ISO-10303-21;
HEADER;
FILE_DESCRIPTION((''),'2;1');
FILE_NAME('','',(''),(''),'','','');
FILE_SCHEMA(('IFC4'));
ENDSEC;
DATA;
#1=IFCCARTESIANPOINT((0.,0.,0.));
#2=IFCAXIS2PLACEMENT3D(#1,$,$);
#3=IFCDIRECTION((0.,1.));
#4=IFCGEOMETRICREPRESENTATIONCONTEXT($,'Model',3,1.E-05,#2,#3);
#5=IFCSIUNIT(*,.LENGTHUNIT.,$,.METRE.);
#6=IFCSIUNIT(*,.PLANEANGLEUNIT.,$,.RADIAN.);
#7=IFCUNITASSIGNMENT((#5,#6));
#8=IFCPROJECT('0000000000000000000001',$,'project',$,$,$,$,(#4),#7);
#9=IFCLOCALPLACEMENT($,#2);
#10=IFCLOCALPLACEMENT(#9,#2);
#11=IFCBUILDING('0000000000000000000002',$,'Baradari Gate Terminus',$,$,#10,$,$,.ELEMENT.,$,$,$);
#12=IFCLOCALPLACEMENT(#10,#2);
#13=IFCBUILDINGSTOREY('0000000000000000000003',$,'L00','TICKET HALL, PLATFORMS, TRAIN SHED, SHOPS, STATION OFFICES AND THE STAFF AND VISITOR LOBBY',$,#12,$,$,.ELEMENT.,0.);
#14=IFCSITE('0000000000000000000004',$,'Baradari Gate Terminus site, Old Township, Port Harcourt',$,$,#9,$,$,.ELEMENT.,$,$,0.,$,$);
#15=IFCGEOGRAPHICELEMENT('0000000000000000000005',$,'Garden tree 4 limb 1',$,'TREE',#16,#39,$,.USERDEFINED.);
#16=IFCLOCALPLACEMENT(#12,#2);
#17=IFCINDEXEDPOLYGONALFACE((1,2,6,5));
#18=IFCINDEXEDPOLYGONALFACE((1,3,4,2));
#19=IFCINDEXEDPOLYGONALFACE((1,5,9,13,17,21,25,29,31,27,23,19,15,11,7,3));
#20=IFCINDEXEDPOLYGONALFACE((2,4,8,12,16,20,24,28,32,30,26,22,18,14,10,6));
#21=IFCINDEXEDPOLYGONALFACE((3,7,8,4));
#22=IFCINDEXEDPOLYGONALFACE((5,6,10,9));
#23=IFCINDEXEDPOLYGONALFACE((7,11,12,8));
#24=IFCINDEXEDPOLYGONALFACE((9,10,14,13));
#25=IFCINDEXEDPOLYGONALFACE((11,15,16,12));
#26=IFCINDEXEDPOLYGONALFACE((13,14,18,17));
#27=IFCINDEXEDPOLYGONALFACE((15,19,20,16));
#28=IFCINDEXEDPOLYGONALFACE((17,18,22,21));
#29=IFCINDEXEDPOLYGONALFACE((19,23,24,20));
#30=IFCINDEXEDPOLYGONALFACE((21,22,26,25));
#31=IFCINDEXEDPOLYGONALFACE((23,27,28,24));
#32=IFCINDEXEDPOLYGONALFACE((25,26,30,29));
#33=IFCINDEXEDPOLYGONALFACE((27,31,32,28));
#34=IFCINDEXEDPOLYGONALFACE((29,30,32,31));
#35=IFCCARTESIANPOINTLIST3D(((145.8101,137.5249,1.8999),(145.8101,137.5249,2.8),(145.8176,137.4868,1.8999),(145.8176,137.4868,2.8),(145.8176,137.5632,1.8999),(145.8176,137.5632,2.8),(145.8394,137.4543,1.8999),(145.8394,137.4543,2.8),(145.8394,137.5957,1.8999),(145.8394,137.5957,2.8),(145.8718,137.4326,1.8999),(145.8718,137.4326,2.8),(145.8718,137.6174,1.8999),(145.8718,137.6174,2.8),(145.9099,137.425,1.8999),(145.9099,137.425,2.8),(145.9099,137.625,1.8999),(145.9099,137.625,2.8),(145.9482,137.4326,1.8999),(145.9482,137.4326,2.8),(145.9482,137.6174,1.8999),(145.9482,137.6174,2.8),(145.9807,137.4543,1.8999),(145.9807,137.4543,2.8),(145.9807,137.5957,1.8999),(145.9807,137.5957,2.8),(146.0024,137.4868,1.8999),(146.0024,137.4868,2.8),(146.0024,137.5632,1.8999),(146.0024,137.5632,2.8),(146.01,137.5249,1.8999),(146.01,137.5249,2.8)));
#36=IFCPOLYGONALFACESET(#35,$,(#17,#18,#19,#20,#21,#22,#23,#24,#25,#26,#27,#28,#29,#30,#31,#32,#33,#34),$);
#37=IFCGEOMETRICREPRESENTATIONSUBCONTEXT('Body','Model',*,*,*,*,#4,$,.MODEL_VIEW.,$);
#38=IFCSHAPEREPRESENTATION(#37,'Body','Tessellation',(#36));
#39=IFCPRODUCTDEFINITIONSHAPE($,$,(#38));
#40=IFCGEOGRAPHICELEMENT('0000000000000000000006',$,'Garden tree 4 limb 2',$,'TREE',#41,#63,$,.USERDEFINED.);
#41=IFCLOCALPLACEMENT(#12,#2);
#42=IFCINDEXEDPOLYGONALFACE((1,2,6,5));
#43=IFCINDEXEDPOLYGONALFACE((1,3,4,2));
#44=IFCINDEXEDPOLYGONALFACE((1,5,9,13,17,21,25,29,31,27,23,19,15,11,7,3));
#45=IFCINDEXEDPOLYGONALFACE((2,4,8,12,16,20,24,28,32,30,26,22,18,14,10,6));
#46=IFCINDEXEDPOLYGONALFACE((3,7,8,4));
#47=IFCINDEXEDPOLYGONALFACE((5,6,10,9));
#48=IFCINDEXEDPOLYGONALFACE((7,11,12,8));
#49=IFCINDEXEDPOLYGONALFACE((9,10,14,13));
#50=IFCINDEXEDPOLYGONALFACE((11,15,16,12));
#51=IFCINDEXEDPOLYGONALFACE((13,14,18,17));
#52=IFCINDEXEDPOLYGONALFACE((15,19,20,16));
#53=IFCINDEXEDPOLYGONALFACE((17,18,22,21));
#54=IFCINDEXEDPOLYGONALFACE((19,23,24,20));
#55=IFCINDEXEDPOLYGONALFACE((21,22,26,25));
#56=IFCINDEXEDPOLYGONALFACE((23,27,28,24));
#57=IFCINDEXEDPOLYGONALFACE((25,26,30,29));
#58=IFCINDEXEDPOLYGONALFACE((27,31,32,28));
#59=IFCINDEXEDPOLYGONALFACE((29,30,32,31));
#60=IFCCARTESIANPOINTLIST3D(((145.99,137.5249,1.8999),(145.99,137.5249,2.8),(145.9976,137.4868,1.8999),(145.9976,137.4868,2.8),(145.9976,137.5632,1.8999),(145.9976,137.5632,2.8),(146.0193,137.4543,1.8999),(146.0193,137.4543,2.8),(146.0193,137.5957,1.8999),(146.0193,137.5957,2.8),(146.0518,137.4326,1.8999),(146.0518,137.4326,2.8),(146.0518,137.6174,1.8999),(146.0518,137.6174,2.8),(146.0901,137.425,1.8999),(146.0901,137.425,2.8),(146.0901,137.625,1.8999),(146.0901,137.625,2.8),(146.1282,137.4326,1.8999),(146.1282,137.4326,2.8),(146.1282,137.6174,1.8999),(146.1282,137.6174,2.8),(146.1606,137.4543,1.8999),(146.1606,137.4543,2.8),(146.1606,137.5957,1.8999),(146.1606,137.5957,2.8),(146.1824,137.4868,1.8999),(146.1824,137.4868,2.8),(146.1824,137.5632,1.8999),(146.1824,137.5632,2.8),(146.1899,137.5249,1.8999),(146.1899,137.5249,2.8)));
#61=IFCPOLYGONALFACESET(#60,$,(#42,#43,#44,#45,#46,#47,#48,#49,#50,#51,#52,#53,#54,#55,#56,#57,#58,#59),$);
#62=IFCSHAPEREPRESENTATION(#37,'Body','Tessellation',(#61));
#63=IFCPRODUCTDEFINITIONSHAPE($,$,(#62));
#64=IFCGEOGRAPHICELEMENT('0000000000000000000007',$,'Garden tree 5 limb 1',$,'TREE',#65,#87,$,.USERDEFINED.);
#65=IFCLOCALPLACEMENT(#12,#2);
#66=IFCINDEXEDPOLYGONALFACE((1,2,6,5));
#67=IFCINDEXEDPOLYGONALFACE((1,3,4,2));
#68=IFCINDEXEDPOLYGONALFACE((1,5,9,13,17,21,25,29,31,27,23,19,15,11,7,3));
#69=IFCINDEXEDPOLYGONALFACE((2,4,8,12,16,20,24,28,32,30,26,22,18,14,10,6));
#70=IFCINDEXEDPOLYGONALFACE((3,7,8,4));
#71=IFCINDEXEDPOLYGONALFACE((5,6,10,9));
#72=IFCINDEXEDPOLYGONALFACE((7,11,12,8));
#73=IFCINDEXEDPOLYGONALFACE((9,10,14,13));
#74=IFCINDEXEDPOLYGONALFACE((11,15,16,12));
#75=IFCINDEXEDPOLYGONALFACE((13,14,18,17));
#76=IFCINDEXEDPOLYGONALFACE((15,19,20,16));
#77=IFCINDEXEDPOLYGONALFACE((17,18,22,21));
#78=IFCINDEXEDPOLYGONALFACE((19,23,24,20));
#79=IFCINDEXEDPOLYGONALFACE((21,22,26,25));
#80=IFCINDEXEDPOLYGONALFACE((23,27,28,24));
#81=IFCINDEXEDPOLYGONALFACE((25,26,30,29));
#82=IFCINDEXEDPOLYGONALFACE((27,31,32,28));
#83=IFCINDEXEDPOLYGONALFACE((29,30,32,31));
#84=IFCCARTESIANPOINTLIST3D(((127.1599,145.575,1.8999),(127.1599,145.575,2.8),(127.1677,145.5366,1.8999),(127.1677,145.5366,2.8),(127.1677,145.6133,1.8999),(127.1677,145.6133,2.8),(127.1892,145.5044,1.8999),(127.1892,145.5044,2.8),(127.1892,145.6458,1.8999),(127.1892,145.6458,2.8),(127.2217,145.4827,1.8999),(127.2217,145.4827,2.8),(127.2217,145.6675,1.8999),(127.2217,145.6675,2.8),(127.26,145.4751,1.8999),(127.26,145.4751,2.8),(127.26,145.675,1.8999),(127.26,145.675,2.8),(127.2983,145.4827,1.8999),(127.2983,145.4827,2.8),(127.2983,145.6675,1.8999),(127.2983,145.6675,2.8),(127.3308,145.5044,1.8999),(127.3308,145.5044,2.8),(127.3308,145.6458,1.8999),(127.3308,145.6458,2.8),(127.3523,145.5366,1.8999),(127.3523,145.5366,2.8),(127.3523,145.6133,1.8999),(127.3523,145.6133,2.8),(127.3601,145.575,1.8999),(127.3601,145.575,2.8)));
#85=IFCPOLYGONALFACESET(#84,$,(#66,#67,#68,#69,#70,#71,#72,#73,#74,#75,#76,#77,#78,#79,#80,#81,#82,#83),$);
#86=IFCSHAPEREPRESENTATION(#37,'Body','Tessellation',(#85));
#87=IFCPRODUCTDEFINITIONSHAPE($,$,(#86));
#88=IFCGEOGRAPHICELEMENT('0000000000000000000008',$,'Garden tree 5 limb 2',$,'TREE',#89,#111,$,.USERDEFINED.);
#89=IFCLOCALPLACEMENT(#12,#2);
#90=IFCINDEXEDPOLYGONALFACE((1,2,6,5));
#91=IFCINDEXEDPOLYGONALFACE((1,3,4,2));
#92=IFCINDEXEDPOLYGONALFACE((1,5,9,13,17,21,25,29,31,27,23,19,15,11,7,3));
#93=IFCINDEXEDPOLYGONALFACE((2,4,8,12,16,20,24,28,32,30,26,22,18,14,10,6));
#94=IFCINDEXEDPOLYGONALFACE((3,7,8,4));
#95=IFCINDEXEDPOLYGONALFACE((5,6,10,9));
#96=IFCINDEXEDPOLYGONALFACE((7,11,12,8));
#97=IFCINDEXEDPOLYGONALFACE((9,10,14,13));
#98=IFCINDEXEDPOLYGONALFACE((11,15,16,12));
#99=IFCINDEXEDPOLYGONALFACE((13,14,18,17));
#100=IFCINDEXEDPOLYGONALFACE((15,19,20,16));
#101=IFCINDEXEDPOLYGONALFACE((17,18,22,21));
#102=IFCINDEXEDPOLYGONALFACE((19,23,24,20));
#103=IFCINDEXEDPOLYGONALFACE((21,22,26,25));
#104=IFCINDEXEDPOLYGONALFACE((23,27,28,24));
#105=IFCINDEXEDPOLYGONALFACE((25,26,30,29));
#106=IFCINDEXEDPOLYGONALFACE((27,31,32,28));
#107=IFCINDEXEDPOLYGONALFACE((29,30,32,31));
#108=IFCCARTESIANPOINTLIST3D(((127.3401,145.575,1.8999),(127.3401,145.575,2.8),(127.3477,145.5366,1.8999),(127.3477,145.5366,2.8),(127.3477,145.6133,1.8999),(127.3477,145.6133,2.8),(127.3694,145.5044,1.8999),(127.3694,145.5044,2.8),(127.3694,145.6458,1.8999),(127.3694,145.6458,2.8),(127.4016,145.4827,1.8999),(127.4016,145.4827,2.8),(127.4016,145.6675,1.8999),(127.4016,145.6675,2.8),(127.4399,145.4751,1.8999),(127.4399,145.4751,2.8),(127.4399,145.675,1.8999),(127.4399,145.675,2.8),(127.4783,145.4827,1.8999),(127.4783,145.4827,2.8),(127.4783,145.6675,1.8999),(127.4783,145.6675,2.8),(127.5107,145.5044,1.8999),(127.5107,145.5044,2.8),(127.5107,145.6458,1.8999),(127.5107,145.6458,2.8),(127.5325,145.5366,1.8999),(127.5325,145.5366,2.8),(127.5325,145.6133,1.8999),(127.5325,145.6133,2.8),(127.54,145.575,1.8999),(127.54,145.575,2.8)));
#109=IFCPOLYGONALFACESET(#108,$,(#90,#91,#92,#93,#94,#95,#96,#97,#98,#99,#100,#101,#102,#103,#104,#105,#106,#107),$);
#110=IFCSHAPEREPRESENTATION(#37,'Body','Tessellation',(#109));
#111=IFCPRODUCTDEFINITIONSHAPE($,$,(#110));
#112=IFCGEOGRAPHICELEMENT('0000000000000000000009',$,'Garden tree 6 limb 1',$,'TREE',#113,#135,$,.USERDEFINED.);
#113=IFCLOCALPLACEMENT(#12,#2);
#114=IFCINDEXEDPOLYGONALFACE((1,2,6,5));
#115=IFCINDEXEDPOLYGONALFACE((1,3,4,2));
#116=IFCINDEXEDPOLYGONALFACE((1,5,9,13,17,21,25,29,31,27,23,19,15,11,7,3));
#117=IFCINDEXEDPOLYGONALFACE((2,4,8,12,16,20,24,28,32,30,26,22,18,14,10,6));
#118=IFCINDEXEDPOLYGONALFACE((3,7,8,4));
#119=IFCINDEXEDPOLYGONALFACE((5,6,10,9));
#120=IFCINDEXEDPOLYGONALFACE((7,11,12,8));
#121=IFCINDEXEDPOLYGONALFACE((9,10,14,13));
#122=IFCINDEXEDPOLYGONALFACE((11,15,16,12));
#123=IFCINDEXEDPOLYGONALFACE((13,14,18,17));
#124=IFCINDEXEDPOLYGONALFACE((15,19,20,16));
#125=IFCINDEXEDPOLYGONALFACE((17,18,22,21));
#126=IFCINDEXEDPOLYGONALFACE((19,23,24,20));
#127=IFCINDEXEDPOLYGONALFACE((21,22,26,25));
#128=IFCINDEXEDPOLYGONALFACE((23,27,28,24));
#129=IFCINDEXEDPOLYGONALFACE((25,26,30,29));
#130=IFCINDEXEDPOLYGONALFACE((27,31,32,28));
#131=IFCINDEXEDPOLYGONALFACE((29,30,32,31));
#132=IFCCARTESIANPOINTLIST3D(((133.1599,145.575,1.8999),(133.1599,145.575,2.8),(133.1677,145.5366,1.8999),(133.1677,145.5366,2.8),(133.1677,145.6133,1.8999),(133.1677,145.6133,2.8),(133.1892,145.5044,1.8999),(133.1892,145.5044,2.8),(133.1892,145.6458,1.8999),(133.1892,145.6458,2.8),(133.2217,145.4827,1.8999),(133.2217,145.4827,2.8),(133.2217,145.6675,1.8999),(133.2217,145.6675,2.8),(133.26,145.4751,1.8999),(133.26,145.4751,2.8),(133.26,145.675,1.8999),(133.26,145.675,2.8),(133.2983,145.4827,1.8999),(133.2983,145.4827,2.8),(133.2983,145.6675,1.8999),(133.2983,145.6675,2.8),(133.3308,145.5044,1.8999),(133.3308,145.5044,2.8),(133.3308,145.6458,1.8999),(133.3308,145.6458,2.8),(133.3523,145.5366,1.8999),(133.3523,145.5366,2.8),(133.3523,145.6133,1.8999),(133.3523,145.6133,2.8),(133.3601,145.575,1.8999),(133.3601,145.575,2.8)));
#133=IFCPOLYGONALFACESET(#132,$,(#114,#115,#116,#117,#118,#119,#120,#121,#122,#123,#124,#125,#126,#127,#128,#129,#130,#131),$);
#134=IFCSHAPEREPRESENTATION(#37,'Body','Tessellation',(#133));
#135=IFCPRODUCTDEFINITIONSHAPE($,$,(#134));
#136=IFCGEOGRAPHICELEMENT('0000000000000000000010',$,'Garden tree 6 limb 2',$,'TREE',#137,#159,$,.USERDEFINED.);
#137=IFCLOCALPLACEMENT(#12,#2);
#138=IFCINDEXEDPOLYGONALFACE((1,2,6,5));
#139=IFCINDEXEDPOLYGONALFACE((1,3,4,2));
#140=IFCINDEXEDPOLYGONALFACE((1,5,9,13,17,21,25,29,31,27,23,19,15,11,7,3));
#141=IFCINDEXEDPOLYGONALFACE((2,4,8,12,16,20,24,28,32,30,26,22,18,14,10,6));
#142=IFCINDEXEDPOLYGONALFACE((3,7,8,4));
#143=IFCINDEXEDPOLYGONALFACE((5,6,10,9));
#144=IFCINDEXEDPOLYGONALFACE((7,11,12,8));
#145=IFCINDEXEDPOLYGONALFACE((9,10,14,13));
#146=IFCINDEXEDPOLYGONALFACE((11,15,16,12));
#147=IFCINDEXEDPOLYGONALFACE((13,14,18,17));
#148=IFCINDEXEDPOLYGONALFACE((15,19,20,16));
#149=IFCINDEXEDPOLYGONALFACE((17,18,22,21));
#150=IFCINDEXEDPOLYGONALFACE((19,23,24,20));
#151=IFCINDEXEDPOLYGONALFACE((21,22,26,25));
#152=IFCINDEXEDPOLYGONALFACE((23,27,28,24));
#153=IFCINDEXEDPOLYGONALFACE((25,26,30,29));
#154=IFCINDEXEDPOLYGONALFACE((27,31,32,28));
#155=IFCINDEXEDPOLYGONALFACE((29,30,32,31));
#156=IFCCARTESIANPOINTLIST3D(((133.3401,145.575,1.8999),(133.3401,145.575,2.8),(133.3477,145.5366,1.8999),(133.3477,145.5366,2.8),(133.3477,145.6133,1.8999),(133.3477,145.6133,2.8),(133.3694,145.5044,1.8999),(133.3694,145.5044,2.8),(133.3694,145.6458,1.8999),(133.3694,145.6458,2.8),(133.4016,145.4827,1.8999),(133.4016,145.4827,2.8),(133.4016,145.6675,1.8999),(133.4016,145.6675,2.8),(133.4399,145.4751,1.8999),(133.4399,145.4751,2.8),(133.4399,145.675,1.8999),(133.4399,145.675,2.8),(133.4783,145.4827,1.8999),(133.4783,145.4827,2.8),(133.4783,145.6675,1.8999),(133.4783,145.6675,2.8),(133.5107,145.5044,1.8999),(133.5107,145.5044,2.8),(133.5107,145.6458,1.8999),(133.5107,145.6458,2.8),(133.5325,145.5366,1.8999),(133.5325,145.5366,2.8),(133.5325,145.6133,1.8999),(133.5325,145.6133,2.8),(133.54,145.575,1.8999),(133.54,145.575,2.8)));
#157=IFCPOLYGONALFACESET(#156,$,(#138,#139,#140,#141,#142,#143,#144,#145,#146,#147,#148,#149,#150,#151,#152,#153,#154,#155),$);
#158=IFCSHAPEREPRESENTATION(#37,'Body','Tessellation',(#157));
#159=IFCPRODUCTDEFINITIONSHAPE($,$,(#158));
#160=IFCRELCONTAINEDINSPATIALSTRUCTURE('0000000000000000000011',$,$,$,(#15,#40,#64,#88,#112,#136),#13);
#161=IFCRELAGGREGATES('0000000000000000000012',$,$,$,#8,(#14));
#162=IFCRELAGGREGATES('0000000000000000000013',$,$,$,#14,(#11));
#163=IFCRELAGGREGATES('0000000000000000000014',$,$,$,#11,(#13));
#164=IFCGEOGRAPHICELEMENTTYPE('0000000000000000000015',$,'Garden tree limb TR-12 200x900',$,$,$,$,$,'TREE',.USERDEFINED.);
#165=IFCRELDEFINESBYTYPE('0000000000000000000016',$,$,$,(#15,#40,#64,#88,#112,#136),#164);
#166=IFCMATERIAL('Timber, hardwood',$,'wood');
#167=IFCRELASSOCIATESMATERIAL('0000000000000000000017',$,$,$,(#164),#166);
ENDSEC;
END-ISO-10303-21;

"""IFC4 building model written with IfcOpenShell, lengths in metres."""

from ifc_helpers import new_model, si_unit, direction, frame, origin, place, context, subcontext, project, spatial, polyline, outline, extrude, material, type_object, element, save


model = new_model("IFC4")

# Units and contexts
model_context = context("Model", 3, precision=1e-05, world=origin(), true_north=direction((0.0, 1.0)))
body_context = subcontext(model_context, "Body", "Model", "MODEL_VIEW")
ifc_project = project(units=[si_unit("LENGTHUNIT", "METRE"), si_unit("PLANEANGLEUNIT", "RADIAN")], contexts=[model_context])

# Site, building, storey
site_placement = place(None, origin())
site = spatial("IfcSite", under=ifc_project, at=site_placement, Name="Baradari Gate Terminus site, Old Township, Port Harcourt", CompositionType="ELEMENT", RefElevation=0.0)
building_placement = place(site_placement, origin())
building = spatial("IfcBuilding", under=site, at=building_placement, Name="Baradari Gate Terminus", CompositionType="ELEMENT")
storey_placement = place(building_placement, origin())
storey = spatial("IfcBuildingStorey", under=building, at=storey_placement, Name="L00", Description="TICKET HALL, PLATFORMS, TRAIN SHED, SHOPS, STATION OFFICES AND THE STAFF AND VISITOR LOBBY", CompositionType="ELEMENT", Elevation=0.0)

# Geographic elements
ifc_material = material(Name="Timber, hardwood", Category="wood")
geographic_element_type = type_object("IfcGeographicElementType", Name="Garden tree limb TR-12 200x900", ElementType="TREE", PredefinedType="USERDEFINED", material=ifc_material)
geographic_element_1_placement = place(storey_placement, frame((0.0, 0.0, 1.8999)))
element("IfcGeographicElement", 1, at=geographic_element_1_placement, inside=storey, type_object=geographic_element_type, Name="Garden tree 4 limb 1", ObjectType="TREE", PredefinedType="USERDEFINED", context=body_context, shape_type="SweptSolid", body=[
    extrude(outline(polyline([(146.01, 137.5249), (146.0024, 137.5632), (145.9807, 137.5957), (145.9482, 137.6174), (145.9099, 137.625), (145.8718, 137.6174), (145.8394, 137.5957), (145.8176, 137.5632), (145.8101, 137.5249), (145.8176, 137.4868), (145.8394, 137.4543), (145.8718, 137.4326), (145.9099, 137.425), (145.9482, 137.4326), (145.9807, 137.4543), (146.0024, 137.4868), (146.01, 137.5249)])), origin(), (0.0, 0.0, 1.0), 0.9001),
])
geographic_element_2_placement = place(storey_placement, frame((0.0, 0.0, 1.8999)))
element("IfcGeographicElement", 2, at=geographic_element_2_placement, inside=storey, type_object=geographic_element_type, Name="Garden tree 4 limb 2", ObjectType="TREE", PredefinedType="USERDEFINED", context=body_context, shape_type="SweptSolid", body=[
    extrude(outline(polyline([(146.1899, 137.5249), (146.1824, 137.5632), (146.1606, 137.5957), (146.1282, 137.6174), (146.0901, 137.625), (146.0518, 137.6174), (146.0193, 137.5957), (145.9976, 137.5632), (145.99, 137.5249), (145.9976, 137.4868), (146.0193, 137.4543), (146.0518, 137.4326), (146.0901, 137.425), (146.1282, 137.4326), (146.1606, 137.4543), (146.1824, 137.4868), (146.1899, 137.5249)])), origin(), (0.0, 0.0, 1.0), 0.9001),
])
geographic_element_3_placement = place(storey_placement, frame((0.0, 0.0, 1.8999)))
element("IfcGeographicElement", 3, at=geographic_element_3_placement, inside=storey, type_object=geographic_element_type, Name="Garden tree 5 limb 1", ObjectType="TREE", PredefinedType="USERDEFINED", context=body_context, shape_type="SweptSolid", body=[
    extrude(outline(polyline([(127.3601, 145.575), (127.3523, 145.6133), (127.3308, 145.6458), (127.2983, 145.6675), (127.26, 145.675), (127.2217, 145.6675), (127.1892, 145.6458), (127.1677, 145.6133), (127.1599, 145.575), (127.1677, 145.5366), (127.1892, 145.5044), (127.2217, 145.4827), (127.26, 145.4751), (127.2983, 145.4827), (127.3308, 145.5044), (127.3523, 145.5366), (127.3601, 145.575)])), origin(), (0.0, 0.0, 1.0), 0.9001),
])
geographic_element_4_placement = place(storey_placement, frame((0.0, 0.0, 1.8999)))
element("IfcGeographicElement", 4, at=geographic_element_4_placement, inside=storey, type_object=geographic_element_type, Name="Garden tree 5 limb 2", ObjectType="TREE", PredefinedType="USERDEFINED", context=body_context, shape_type="SweptSolid", body=[
    extrude(outline(polyline([(127.54, 145.575), (127.5325, 145.6133), (127.5107, 145.6458), (127.4783, 145.6675), (127.4399, 145.675), (127.4016, 145.6675), (127.3694, 145.6458), (127.3477, 145.6133), (127.3401, 145.575), (127.3477, 145.5366), (127.3694, 145.5044), (127.4016, 145.4827), (127.4399, 145.4751), (127.4783, 145.4827), (127.5107, 145.5044), (127.5325, 145.5366), (127.54, 145.575)])), origin(), (0.0, 0.0, 1.0), 0.9001),
])
geographic_element_5_placement = place(storey_placement, frame((0.0, 0.0, 1.8999)))
element("IfcGeographicElement", 5, at=geographic_element_5_placement, inside=storey, type_object=geographic_element_type, Name="Garden tree 6 limb 1", ObjectType="TREE", PredefinedType="USERDEFINED", context=body_context, shape_type="SweptSolid", body=[
    extrude(outline(polyline([(133.3601, 145.575), (133.3523, 145.6133), (133.3308, 145.6458), (133.2983, 145.6675), (133.26, 145.675), (133.2217, 145.6675), (133.1892, 145.6458), (133.1677, 145.6133), (133.1599, 145.575), (133.1677, 145.5366), (133.1892, 145.5044), (133.2217, 145.4827), (133.26, 145.4751), (133.2983, 145.4827), (133.3308, 145.5044), (133.3523, 145.5366), (133.3601, 145.575)])), origin(), (0.0, 0.0, 1.0), 0.9001),
])
geographic_element_6_placement = place(storey_placement, frame((0.0, 0.0, 1.8999)))
element("IfcGeographicElement", 6, at=geographic_element_6_placement, inside=storey, type_object=geographic_element_type, Name="Garden tree 6 limb 2", ObjectType="TREE", PredefinedType="USERDEFINED", context=body_context, shape_type="SweptSolid", body=[
    extrude(outline(polyline([(133.54, 145.575), (133.5325, 145.6133), (133.5107, 145.6458), (133.4783, 145.6675), (133.4399, 145.675), (133.4016, 145.6675), (133.3694, 145.6458), (133.3477, 145.6133), (133.3401, 145.575), (133.3477, 145.5366), (133.3694, 145.5044), (133.4016, 145.4827), (133.4399, 145.4751), (133.4783, 145.4827), (133.5107, 145.5044), (133.5325, 145.5366), (133.54, 145.575)])), origin(), (0.0, 0.0, 1.0), 0.9001),
])

save(model, "model.ifc")
